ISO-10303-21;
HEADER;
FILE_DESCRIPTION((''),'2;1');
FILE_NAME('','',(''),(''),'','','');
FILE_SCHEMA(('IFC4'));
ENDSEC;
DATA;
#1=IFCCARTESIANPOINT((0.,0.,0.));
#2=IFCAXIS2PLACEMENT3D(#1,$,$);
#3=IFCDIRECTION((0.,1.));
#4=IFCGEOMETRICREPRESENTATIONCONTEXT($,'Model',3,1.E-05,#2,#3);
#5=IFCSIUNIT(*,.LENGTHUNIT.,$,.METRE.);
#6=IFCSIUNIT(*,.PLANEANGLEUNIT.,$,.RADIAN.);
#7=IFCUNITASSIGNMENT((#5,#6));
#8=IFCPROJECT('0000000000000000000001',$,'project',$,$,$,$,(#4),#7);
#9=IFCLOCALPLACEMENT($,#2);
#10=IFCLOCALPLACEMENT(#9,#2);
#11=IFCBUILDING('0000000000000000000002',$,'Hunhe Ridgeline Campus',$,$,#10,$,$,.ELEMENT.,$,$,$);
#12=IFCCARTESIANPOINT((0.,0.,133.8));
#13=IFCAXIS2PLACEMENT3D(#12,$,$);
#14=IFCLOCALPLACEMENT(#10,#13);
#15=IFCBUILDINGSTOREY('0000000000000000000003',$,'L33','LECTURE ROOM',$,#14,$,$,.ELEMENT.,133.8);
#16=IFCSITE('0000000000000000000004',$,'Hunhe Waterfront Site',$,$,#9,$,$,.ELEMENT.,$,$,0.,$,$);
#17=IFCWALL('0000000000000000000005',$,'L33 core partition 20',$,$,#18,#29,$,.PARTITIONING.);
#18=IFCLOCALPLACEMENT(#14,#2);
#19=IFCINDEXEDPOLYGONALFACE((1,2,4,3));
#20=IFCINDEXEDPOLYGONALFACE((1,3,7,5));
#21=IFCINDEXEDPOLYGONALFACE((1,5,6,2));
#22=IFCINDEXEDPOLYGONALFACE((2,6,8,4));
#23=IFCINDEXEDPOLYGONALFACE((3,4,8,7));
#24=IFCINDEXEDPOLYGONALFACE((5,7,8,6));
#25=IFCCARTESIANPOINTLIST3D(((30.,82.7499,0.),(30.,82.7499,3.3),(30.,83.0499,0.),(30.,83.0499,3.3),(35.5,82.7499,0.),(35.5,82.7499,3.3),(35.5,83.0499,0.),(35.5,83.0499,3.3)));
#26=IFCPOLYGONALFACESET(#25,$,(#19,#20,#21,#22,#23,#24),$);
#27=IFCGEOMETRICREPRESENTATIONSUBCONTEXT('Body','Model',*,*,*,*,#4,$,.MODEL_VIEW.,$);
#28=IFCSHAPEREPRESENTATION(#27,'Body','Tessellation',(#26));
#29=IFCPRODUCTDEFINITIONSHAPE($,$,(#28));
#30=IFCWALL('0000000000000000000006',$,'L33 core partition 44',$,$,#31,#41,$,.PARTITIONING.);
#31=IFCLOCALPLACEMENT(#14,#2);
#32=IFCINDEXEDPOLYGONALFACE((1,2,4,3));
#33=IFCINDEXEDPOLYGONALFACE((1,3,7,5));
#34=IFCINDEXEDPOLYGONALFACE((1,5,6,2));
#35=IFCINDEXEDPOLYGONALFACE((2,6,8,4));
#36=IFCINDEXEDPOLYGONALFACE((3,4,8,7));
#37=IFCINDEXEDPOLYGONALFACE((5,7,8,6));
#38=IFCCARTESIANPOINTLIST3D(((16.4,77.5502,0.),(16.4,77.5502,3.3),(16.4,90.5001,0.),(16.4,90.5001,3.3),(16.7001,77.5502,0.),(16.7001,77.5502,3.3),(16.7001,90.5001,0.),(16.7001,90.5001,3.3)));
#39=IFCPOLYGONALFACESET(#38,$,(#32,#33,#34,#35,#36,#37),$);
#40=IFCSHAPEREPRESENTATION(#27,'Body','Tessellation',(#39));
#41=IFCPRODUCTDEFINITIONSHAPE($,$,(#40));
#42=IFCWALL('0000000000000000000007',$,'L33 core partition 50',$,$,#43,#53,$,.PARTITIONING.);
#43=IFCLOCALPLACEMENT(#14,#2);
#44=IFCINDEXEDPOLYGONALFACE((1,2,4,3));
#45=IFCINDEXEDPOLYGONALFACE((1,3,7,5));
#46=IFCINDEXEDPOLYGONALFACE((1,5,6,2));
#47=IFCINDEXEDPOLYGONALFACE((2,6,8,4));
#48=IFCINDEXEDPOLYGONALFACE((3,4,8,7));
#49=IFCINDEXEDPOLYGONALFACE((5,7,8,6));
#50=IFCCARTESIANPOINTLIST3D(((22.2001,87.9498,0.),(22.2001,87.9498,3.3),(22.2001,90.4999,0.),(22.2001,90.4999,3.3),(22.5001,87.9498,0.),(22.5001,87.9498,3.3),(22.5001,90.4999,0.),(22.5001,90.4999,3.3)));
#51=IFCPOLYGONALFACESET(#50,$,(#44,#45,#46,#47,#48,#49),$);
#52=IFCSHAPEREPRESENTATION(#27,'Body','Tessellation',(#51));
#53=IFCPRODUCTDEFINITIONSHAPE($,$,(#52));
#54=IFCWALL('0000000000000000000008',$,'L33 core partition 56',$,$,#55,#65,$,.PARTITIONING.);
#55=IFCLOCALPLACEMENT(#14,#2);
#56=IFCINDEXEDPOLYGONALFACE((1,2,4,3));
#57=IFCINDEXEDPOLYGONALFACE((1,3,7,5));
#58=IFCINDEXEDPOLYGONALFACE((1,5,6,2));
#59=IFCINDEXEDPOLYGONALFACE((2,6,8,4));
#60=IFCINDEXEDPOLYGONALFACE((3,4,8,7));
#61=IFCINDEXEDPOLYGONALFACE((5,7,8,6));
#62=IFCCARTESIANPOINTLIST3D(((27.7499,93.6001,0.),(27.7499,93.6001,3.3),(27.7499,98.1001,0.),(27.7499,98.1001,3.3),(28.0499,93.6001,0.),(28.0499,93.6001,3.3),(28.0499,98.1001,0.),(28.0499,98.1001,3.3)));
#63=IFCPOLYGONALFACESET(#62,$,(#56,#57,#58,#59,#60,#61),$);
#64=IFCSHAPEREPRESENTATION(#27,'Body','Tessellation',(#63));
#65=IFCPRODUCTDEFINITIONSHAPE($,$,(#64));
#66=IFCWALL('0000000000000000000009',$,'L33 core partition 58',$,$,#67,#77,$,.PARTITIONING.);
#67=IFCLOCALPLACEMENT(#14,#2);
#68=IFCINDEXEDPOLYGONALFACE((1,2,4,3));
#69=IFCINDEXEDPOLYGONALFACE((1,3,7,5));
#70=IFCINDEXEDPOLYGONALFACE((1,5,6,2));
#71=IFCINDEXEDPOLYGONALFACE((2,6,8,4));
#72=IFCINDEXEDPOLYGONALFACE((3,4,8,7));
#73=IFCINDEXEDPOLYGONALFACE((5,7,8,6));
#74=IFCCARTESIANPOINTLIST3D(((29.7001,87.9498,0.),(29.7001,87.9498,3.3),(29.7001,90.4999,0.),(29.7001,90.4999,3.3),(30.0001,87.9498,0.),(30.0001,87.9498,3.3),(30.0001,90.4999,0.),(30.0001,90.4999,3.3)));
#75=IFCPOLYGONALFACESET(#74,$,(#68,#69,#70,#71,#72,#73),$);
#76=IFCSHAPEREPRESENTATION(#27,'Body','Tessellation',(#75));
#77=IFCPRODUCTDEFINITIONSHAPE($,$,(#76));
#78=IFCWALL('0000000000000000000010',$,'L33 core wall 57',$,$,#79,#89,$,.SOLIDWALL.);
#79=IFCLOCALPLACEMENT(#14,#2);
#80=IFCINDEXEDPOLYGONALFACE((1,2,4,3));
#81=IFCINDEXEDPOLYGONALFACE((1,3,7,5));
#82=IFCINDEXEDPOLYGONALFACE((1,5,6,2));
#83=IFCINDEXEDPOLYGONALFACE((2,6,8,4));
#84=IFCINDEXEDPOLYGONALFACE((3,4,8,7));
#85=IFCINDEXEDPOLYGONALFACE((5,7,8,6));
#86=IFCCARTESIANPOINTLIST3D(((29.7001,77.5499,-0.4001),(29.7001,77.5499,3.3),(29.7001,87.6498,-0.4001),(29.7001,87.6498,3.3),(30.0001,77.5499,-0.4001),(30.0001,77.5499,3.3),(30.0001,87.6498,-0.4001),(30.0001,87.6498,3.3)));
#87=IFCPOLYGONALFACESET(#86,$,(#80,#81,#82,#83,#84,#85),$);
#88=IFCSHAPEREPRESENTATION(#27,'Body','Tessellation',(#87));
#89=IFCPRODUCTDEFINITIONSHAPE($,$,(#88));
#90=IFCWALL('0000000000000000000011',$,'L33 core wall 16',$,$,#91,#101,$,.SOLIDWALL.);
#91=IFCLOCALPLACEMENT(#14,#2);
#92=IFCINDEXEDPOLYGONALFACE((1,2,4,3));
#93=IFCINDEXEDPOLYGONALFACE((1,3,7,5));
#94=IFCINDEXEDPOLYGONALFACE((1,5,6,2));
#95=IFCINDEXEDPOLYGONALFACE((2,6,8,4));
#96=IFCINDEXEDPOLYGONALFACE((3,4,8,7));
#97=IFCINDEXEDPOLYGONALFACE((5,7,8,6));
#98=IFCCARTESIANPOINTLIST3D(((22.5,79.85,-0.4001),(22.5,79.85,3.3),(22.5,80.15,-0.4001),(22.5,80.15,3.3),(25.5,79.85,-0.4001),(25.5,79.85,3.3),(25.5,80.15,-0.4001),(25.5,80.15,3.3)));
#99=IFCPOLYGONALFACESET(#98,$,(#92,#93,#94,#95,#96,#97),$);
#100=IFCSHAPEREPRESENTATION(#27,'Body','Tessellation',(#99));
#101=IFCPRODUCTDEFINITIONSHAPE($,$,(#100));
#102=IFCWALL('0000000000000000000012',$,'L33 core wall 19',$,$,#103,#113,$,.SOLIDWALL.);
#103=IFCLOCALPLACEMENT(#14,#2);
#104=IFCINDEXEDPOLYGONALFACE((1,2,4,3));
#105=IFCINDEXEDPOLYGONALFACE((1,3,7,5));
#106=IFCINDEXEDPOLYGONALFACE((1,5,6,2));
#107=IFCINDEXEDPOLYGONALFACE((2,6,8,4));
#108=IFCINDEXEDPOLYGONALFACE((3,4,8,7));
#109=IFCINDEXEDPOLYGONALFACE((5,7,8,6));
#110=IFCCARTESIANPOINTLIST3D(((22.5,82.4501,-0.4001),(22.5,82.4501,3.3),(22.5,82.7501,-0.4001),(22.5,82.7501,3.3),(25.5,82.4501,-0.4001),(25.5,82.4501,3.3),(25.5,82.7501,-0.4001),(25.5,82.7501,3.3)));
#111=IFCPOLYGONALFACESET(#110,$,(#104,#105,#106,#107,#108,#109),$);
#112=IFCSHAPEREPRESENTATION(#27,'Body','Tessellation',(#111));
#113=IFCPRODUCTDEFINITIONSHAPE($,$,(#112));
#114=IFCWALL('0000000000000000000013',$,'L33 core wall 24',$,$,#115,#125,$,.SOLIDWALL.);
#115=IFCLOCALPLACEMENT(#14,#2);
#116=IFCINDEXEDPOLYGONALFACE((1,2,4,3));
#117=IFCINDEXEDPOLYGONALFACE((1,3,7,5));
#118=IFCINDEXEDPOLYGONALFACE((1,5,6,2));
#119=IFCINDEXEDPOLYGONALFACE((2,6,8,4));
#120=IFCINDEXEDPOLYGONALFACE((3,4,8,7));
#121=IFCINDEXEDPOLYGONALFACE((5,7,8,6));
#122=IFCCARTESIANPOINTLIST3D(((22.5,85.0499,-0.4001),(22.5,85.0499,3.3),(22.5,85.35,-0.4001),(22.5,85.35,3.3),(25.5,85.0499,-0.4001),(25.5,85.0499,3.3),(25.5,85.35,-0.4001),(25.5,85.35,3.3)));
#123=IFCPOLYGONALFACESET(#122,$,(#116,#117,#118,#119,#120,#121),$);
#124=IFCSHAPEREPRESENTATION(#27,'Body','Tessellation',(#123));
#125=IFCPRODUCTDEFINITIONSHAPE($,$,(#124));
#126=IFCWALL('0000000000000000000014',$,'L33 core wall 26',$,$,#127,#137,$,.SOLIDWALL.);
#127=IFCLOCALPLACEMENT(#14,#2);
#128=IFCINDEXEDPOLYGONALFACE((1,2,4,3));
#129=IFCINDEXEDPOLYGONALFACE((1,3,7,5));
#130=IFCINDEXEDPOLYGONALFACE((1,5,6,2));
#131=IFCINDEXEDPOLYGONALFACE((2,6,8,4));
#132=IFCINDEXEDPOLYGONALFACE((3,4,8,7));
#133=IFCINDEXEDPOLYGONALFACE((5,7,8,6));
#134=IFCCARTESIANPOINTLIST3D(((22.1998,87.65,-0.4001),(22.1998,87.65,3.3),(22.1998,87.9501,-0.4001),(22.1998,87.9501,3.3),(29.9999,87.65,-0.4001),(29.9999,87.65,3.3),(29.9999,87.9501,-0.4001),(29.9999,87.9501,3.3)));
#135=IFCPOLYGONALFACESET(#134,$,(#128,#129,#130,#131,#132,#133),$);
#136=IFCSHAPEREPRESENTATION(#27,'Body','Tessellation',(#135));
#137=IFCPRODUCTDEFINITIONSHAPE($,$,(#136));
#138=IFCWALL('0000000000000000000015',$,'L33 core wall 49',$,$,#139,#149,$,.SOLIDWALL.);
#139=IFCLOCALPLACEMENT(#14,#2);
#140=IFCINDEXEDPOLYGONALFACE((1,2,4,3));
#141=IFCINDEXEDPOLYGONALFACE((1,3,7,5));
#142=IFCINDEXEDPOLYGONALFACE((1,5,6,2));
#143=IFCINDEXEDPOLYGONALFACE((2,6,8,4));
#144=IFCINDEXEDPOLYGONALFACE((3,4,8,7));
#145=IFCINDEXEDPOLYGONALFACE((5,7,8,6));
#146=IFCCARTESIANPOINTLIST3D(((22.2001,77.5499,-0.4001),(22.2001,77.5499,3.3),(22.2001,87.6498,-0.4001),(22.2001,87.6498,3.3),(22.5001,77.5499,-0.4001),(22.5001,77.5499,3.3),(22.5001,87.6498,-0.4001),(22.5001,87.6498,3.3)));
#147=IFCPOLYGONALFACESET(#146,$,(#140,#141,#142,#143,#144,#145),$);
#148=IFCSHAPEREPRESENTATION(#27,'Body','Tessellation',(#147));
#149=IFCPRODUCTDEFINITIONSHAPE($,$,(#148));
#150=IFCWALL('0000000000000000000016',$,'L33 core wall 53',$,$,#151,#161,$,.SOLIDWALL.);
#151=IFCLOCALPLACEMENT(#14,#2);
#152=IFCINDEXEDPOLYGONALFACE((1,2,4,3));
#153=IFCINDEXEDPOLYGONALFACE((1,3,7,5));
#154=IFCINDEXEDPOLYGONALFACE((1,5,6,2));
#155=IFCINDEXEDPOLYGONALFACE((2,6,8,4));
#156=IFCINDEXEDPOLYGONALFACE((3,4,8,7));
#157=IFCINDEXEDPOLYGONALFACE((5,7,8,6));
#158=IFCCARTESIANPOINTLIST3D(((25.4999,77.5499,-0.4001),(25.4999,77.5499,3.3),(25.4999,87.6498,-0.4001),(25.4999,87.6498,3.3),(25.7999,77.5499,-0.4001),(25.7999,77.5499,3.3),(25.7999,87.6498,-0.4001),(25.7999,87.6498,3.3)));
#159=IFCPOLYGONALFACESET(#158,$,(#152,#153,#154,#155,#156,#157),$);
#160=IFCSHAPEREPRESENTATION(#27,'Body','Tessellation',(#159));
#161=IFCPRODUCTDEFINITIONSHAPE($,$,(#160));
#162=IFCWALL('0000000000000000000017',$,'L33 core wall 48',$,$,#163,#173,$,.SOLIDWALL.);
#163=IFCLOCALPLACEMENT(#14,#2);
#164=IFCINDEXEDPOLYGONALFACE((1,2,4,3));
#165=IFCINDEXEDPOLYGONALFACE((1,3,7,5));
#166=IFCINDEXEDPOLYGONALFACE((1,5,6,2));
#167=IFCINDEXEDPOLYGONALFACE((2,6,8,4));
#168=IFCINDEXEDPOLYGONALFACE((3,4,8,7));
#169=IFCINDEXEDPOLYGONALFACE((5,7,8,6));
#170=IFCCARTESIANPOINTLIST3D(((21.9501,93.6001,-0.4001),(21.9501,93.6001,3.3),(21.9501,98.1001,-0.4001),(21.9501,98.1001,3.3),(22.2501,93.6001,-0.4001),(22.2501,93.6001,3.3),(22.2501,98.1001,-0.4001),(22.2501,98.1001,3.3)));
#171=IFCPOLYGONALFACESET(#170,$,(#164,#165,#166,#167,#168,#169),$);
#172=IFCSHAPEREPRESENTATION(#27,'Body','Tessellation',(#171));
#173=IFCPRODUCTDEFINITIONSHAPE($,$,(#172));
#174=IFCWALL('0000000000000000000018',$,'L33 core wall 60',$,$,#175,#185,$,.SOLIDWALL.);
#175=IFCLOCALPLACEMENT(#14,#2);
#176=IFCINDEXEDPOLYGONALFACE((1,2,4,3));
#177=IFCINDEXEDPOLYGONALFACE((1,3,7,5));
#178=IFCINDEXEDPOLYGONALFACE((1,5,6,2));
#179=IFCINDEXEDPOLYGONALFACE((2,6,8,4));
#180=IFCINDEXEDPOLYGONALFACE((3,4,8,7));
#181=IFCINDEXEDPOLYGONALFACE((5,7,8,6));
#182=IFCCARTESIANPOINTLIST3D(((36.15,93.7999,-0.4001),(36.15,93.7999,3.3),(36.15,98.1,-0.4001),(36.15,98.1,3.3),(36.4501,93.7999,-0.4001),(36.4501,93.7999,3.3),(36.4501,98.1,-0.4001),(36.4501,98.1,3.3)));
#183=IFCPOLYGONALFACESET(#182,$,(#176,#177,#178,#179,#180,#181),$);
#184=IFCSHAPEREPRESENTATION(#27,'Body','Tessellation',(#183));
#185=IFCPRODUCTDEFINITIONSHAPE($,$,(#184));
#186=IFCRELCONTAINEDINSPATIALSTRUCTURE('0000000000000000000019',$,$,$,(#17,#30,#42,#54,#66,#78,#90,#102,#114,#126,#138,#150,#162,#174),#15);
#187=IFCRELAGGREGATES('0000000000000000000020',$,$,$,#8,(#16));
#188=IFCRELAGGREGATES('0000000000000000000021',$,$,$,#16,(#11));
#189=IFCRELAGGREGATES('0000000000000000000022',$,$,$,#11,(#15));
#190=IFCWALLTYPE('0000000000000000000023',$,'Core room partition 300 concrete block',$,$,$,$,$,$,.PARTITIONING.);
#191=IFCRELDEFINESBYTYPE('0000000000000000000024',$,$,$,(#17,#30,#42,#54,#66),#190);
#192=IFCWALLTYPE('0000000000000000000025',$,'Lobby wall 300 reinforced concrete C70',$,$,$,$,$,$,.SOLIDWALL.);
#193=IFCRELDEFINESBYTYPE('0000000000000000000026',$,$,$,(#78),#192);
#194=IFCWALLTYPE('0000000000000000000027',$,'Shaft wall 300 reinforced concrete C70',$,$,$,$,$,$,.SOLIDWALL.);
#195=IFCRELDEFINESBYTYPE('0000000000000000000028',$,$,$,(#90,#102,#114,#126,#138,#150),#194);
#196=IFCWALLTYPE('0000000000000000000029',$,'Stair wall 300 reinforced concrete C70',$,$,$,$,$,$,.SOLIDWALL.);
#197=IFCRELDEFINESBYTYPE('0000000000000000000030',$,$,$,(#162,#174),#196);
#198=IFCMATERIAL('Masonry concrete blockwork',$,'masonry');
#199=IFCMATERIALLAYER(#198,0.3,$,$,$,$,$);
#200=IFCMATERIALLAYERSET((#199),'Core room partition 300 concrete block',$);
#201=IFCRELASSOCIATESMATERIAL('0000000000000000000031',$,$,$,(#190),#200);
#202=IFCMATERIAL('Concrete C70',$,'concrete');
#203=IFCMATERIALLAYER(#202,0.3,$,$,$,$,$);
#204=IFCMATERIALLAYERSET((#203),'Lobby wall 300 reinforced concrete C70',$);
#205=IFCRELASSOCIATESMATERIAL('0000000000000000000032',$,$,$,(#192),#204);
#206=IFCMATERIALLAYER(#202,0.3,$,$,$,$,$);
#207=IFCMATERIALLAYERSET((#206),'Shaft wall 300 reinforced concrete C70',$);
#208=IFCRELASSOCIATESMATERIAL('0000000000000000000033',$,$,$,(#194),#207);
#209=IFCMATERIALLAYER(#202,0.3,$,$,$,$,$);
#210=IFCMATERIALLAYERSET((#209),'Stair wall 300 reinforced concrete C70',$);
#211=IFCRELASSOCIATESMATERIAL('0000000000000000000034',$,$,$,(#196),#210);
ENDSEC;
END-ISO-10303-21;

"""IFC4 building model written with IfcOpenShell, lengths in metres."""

from ifc_helpers import new_model, si_unit, direction, frame, frame_2d, origin, place, context, subcontext, project, spatial, rectangle, extrude, material, layer, layer_set, type_object, element, save


model = new_model("IFC4")

# Units and contexts
model_context = context("Model", 3, precision=1e-05, world=origin(), true_north=direction((0.0, 1.0)))
body_context = subcontext(model_context, "Body", "Model", "MODEL_VIEW")
ifc_project = project(units=[si_unit("LENGTHUNIT", "METRE"), si_unit("PLANEANGLEUNIT", "RADIAN")], contexts=[model_context])

# Site, building, storey
site_placement = place(None, origin())
site = spatial("IfcSite", under=ifc_project, at=site_placement, Name="Hunhe Waterfront Site", CompositionType="ELEMENT", RefElevation=0.0)
building_placement = place(site_placement, origin())
building = spatial("IfcBuilding", under=site, at=building_placement, Name="Hunhe Ridgeline Campus", CompositionType="ELEMENT")
storey_placement = place(building_placement, frame((0.0, 0.0, 133.8)))
storey = spatial("IfcBuildingStorey", under=building, at=storey_placement, Name="L33", Description="LECTURE ROOM", CompositionType="ELEMENT", Elevation=133.8)

# Shared definitions
ifc_material_1 = material(Name="Masonry concrete blockwork", Category="masonry")
ifc_layer_1 = layer(ifc_material_1, 0.3)
ifc_layer_set_1 = layer_set([ifc_layer_1], Name="Core room partition 300 concrete block")
wall_type_1 = type_object("IfcWallType", Name="Core room partition 300 concrete block", PredefinedType="PARTITIONING", material=ifc_layer_set_1)

# Walls
wall_1_placement = place(storey_placement, frame((30.0, 82.8999, 0.0), z_axis=(0.0, 0.0, 1.0), x_axis=(1.0, 0.0, 0.0)))
element("IfcWall", 1, at=wall_1_placement, inside=storey, type_object=wall_type_1, Name="L33 core partition 20", PredefinedType="PARTITIONING", context=body_context, shape_type="SweptSolid", body=[
    extrude(rectangle(XDim=5.5, YDim=0.3, at=frame_2d((2.75, 0.0))), origin(), (0.0, 0.0, 1.0), 3.3),
])
wall_2_placement = place(storey_placement, frame((16.55, 77.55, 0.0), z_axis=(0.0, 0.0, 1.0), x_axis=(0.0, 1.0, 0.0)))
element("IfcWall", 2, at=wall_2_placement, inside=storey, type_object=wall_type_1, Name="L33 core partition 44", PredefinedType="PARTITIONING", context=body_context, shape_type="SweptSolid", body=[
    extrude(rectangle(XDim=12.95, YDim=0.3, at=frame_2d((6.4751, 0.0))), origin(), (0.0, 0.0, 1.0), 3.3),
])
wall_3_placement = place(storey_placement, frame((22.3501, 87.95, 0.0), z_axis=(0.0, 0.0, 1.0), x_axis=(0.0, 1.0, 0.0)))
element("IfcWall", 3, at=wall_3_placement, inside=storey, type_object=wall_type_1, Name="L33 core partition 50", PredefinedType="PARTITIONING", context=body_context, shape_type="SweptSolid", body=[
    extrude(rectangle(XDim=2.55, YDim=0.3, at=frame_2d((1.2749, 0.0))), origin(), (0.0, 0.0, 1.0), 3.3),
])
wall_4_placement = place(storey_placement, frame((27.8999, 93.6001, 0.0), z_axis=(0.0, 0.0, 1.0), x_axis=(0.0, 1.0, 0.0)))
element("IfcWall", 4, at=wall_4_placement, inside=storey, type_object=wall_type_1, Name="L33 core partition 56", PredefinedType="PARTITIONING", context=body_context, shape_type="SweptSolid", body=[
    extrude(rectangle(XDim=4.5, YDim=0.3, at=frame_2d((2.25, 0.0))), origin(), (0.0, 0.0, 1.0), 3.3),
])
wall_5_placement = place(storey_placement, frame((29.8501, 87.95, 0.0), z_axis=(0.0, 0.0, 1.0), x_axis=(0.0, 1.0, 0.0)))
element("IfcWall", 5, at=wall_5_placement, inside=storey, type_object=wall_type_1, Name="L33 core partition 58", PredefinedType="PARTITIONING", context=body_context, shape_type="SweptSolid", body=[
    extrude(rectangle(XDim=2.55, YDim=0.3, at=frame_2d((1.2749, 0.0))), origin(), (0.0, 0.0, 1.0), 3.3),
])
ifc_material_2 = material(Name="Concrete C70", Category="concrete")
ifc_layer_2 = layer(ifc_material_2, 0.3)
ifc_layer_set_2 = layer_set([ifc_layer_2], Name="Lobby wall 300 reinforced concrete C70")
wall_type_2 = type_object("IfcWallType", Name="Lobby wall 300 reinforced concrete C70", PredefinedType="SOLIDWALL", material=ifc_layer_set_2)
wall_6_placement = place(storey_placement, frame((29.8501, 77.55, -0.4001), z_axis=(0.0, 0.0, 1.0), x_axis=(0.0, 1.0, 0.0)))
element("IfcWall", 6, at=wall_6_placement, inside=storey, type_object=wall_type_2, Name="L33 core wall 57", PredefinedType="SOLIDWALL", context=body_context, shape_type="SweptSolid", body=[
    extrude(rectangle(XDim=10.0999, YDim=0.3, at=frame_2d((5.0498, 0.0))), origin(), (0.0, 0.0, 1.0), 3.7002),
])
ifc_layer_3 = layer(ifc_material_2, 0.3)
ifc_layer_set_3 = layer_set([ifc_layer_3], Name="Shaft wall 300 reinforced concrete C70")
wall_type_3 = type_object("IfcWallType", Name="Shaft wall 300 reinforced concrete C70", PredefinedType="SOLIDWALL", material=ifc_layer_set_3)
for number, where, z_axis, x_axis, name in (
    (7, (22.5, 80.0, -0.4001), (0.0, 0.0, 1.0), (1.0, 0.0, 0.0), "L33 core wall 16"),
    (8, (22.5, 82.6001, -0.4001), (0.0, 0.0, 1.0), (1.0, 0.0, 0.0), "L33 core wall 19"),
    (9, (22.5, 85.2, -0.4001), (0.0, 0.0, 1.0), (1.0, 0.0, 0.0), "L33 core wall 24"),
):
    element("IfcWall", number, at=place(storey_placement, frame(where, z_axis=z_axis, x_axis=x_axis)), inside=storey, type_object=wall_type_3, Name=name, PredefinedType="SOLIDWALL", context=body_context, shape_type="SweptSolid", body=[
        extrude(rectangle(XDim=3.0, YDim=0.3, at=frame_2d((1.5, 0.0))), origin(), (0.0, 0.0, 1.0), 3.7002),
    ])
wall_7_placement = place(storey_placement, frame((22.2, 87.8, -0.4001), z_axis=(0.0, 0.0, 1.0), x_axis=(1.0, 0.0, 0.0)))
element("IfcWall", 10, at=wall_7_placement, inside=storey, type_object=wall_type_3, Name="L33 core wall 26", PredefinedType="SOLIDWALL", context=body_context, shape_type="SweptSolid", body=[
    extrude(rectangle(XDim=7.8, YDim=0.3, at=frame_2d((3.8999, 0.0))), origin(), (0.0, 0.0, 1.0), 3.7002),
])
for number, where, z_axis, x_axis, name in (
    (11, (22.3501, 77.55, -0.4001), (0.0, 0.0, 1.0), (0.0, 1.0, 0.0), "L33 core wall 49"),
    (12, (25.6499, 77.55, -0.4001), (0.0, 0.0, 1.0), (0.0, 1.0, 0.0), "L33 core wall 53"),
):
    element("IfcWall", number, at=place(storey_placement, frame(where, z_axis=z_axis, x_axis=x_axis)), inside=storey, type_object=wall_type_3, Name=name, PredefinedType="SOLIDWALL", context=body_context, shape_type="SweptSolid", body=[
        extrude(rectangle(XDim=10.0999, YDim=0.3, at=frame_2d((5.0498, 0.0))), origin(), (0.0, 0.0, 1.0), 3.7002),
    ])

# Shared definitions
ifc_layer_4 = layer(ifc_material_2, 0.3)
ifc_layer_set_4 = layer_set([ifc_layer_4], Name="Stair wall 300 reinforced concrete C70")
wall_type_4 = type_object("IfcWallType", Name="Stair wall 300 reinforced concrete C70", PredefinedType="SOLIDWALL", material=ifc_layer_set_4)

# Walls
wall_8_placement = place(storey_placement, frame((22.1001, 93.6001, -0.4001), z_axis=(0.0, 0.0, 1.0), x_axis=(0.0, 1.0, 0.0)))
element("IfcWall", 13, at=wall_8_placement, inside=storey, type_object=wall_type_4, Name="L33 core wall 48", PredefinedType="SOLIDWALL", context=body_context, shape_type="SweptSolid", body=[
    extrude(rectangle(XDim=4.5, YDim=0.3, at=frame_2d((2.25, 0.0))), origin(), (0.0, 0.0, 1.0), 3.7002),
])
wall_9_placement = place(storey_placement, frame((36.3, 93.8, -0.4001), z_axis=(0.0, 0.0, 1.0), x_axis=(0.0, 1.0, 0.0)))
element("IfcWall", 14, at=wall_9_placement, inside=storey, type_object=wall_type_4, Name="L33 core wall 60", PredefinedType="SOLIDWALL", context=body_context, shape_type="SweptSolid", body=[
    extrude(rectangle(XDim=4.3, YDim=0.3, at=frame_2d((2.1499, 0.0))), origin(), (0.0, 0.0, 1.0), 3.7002),
])

save(model, "model.ifc")
